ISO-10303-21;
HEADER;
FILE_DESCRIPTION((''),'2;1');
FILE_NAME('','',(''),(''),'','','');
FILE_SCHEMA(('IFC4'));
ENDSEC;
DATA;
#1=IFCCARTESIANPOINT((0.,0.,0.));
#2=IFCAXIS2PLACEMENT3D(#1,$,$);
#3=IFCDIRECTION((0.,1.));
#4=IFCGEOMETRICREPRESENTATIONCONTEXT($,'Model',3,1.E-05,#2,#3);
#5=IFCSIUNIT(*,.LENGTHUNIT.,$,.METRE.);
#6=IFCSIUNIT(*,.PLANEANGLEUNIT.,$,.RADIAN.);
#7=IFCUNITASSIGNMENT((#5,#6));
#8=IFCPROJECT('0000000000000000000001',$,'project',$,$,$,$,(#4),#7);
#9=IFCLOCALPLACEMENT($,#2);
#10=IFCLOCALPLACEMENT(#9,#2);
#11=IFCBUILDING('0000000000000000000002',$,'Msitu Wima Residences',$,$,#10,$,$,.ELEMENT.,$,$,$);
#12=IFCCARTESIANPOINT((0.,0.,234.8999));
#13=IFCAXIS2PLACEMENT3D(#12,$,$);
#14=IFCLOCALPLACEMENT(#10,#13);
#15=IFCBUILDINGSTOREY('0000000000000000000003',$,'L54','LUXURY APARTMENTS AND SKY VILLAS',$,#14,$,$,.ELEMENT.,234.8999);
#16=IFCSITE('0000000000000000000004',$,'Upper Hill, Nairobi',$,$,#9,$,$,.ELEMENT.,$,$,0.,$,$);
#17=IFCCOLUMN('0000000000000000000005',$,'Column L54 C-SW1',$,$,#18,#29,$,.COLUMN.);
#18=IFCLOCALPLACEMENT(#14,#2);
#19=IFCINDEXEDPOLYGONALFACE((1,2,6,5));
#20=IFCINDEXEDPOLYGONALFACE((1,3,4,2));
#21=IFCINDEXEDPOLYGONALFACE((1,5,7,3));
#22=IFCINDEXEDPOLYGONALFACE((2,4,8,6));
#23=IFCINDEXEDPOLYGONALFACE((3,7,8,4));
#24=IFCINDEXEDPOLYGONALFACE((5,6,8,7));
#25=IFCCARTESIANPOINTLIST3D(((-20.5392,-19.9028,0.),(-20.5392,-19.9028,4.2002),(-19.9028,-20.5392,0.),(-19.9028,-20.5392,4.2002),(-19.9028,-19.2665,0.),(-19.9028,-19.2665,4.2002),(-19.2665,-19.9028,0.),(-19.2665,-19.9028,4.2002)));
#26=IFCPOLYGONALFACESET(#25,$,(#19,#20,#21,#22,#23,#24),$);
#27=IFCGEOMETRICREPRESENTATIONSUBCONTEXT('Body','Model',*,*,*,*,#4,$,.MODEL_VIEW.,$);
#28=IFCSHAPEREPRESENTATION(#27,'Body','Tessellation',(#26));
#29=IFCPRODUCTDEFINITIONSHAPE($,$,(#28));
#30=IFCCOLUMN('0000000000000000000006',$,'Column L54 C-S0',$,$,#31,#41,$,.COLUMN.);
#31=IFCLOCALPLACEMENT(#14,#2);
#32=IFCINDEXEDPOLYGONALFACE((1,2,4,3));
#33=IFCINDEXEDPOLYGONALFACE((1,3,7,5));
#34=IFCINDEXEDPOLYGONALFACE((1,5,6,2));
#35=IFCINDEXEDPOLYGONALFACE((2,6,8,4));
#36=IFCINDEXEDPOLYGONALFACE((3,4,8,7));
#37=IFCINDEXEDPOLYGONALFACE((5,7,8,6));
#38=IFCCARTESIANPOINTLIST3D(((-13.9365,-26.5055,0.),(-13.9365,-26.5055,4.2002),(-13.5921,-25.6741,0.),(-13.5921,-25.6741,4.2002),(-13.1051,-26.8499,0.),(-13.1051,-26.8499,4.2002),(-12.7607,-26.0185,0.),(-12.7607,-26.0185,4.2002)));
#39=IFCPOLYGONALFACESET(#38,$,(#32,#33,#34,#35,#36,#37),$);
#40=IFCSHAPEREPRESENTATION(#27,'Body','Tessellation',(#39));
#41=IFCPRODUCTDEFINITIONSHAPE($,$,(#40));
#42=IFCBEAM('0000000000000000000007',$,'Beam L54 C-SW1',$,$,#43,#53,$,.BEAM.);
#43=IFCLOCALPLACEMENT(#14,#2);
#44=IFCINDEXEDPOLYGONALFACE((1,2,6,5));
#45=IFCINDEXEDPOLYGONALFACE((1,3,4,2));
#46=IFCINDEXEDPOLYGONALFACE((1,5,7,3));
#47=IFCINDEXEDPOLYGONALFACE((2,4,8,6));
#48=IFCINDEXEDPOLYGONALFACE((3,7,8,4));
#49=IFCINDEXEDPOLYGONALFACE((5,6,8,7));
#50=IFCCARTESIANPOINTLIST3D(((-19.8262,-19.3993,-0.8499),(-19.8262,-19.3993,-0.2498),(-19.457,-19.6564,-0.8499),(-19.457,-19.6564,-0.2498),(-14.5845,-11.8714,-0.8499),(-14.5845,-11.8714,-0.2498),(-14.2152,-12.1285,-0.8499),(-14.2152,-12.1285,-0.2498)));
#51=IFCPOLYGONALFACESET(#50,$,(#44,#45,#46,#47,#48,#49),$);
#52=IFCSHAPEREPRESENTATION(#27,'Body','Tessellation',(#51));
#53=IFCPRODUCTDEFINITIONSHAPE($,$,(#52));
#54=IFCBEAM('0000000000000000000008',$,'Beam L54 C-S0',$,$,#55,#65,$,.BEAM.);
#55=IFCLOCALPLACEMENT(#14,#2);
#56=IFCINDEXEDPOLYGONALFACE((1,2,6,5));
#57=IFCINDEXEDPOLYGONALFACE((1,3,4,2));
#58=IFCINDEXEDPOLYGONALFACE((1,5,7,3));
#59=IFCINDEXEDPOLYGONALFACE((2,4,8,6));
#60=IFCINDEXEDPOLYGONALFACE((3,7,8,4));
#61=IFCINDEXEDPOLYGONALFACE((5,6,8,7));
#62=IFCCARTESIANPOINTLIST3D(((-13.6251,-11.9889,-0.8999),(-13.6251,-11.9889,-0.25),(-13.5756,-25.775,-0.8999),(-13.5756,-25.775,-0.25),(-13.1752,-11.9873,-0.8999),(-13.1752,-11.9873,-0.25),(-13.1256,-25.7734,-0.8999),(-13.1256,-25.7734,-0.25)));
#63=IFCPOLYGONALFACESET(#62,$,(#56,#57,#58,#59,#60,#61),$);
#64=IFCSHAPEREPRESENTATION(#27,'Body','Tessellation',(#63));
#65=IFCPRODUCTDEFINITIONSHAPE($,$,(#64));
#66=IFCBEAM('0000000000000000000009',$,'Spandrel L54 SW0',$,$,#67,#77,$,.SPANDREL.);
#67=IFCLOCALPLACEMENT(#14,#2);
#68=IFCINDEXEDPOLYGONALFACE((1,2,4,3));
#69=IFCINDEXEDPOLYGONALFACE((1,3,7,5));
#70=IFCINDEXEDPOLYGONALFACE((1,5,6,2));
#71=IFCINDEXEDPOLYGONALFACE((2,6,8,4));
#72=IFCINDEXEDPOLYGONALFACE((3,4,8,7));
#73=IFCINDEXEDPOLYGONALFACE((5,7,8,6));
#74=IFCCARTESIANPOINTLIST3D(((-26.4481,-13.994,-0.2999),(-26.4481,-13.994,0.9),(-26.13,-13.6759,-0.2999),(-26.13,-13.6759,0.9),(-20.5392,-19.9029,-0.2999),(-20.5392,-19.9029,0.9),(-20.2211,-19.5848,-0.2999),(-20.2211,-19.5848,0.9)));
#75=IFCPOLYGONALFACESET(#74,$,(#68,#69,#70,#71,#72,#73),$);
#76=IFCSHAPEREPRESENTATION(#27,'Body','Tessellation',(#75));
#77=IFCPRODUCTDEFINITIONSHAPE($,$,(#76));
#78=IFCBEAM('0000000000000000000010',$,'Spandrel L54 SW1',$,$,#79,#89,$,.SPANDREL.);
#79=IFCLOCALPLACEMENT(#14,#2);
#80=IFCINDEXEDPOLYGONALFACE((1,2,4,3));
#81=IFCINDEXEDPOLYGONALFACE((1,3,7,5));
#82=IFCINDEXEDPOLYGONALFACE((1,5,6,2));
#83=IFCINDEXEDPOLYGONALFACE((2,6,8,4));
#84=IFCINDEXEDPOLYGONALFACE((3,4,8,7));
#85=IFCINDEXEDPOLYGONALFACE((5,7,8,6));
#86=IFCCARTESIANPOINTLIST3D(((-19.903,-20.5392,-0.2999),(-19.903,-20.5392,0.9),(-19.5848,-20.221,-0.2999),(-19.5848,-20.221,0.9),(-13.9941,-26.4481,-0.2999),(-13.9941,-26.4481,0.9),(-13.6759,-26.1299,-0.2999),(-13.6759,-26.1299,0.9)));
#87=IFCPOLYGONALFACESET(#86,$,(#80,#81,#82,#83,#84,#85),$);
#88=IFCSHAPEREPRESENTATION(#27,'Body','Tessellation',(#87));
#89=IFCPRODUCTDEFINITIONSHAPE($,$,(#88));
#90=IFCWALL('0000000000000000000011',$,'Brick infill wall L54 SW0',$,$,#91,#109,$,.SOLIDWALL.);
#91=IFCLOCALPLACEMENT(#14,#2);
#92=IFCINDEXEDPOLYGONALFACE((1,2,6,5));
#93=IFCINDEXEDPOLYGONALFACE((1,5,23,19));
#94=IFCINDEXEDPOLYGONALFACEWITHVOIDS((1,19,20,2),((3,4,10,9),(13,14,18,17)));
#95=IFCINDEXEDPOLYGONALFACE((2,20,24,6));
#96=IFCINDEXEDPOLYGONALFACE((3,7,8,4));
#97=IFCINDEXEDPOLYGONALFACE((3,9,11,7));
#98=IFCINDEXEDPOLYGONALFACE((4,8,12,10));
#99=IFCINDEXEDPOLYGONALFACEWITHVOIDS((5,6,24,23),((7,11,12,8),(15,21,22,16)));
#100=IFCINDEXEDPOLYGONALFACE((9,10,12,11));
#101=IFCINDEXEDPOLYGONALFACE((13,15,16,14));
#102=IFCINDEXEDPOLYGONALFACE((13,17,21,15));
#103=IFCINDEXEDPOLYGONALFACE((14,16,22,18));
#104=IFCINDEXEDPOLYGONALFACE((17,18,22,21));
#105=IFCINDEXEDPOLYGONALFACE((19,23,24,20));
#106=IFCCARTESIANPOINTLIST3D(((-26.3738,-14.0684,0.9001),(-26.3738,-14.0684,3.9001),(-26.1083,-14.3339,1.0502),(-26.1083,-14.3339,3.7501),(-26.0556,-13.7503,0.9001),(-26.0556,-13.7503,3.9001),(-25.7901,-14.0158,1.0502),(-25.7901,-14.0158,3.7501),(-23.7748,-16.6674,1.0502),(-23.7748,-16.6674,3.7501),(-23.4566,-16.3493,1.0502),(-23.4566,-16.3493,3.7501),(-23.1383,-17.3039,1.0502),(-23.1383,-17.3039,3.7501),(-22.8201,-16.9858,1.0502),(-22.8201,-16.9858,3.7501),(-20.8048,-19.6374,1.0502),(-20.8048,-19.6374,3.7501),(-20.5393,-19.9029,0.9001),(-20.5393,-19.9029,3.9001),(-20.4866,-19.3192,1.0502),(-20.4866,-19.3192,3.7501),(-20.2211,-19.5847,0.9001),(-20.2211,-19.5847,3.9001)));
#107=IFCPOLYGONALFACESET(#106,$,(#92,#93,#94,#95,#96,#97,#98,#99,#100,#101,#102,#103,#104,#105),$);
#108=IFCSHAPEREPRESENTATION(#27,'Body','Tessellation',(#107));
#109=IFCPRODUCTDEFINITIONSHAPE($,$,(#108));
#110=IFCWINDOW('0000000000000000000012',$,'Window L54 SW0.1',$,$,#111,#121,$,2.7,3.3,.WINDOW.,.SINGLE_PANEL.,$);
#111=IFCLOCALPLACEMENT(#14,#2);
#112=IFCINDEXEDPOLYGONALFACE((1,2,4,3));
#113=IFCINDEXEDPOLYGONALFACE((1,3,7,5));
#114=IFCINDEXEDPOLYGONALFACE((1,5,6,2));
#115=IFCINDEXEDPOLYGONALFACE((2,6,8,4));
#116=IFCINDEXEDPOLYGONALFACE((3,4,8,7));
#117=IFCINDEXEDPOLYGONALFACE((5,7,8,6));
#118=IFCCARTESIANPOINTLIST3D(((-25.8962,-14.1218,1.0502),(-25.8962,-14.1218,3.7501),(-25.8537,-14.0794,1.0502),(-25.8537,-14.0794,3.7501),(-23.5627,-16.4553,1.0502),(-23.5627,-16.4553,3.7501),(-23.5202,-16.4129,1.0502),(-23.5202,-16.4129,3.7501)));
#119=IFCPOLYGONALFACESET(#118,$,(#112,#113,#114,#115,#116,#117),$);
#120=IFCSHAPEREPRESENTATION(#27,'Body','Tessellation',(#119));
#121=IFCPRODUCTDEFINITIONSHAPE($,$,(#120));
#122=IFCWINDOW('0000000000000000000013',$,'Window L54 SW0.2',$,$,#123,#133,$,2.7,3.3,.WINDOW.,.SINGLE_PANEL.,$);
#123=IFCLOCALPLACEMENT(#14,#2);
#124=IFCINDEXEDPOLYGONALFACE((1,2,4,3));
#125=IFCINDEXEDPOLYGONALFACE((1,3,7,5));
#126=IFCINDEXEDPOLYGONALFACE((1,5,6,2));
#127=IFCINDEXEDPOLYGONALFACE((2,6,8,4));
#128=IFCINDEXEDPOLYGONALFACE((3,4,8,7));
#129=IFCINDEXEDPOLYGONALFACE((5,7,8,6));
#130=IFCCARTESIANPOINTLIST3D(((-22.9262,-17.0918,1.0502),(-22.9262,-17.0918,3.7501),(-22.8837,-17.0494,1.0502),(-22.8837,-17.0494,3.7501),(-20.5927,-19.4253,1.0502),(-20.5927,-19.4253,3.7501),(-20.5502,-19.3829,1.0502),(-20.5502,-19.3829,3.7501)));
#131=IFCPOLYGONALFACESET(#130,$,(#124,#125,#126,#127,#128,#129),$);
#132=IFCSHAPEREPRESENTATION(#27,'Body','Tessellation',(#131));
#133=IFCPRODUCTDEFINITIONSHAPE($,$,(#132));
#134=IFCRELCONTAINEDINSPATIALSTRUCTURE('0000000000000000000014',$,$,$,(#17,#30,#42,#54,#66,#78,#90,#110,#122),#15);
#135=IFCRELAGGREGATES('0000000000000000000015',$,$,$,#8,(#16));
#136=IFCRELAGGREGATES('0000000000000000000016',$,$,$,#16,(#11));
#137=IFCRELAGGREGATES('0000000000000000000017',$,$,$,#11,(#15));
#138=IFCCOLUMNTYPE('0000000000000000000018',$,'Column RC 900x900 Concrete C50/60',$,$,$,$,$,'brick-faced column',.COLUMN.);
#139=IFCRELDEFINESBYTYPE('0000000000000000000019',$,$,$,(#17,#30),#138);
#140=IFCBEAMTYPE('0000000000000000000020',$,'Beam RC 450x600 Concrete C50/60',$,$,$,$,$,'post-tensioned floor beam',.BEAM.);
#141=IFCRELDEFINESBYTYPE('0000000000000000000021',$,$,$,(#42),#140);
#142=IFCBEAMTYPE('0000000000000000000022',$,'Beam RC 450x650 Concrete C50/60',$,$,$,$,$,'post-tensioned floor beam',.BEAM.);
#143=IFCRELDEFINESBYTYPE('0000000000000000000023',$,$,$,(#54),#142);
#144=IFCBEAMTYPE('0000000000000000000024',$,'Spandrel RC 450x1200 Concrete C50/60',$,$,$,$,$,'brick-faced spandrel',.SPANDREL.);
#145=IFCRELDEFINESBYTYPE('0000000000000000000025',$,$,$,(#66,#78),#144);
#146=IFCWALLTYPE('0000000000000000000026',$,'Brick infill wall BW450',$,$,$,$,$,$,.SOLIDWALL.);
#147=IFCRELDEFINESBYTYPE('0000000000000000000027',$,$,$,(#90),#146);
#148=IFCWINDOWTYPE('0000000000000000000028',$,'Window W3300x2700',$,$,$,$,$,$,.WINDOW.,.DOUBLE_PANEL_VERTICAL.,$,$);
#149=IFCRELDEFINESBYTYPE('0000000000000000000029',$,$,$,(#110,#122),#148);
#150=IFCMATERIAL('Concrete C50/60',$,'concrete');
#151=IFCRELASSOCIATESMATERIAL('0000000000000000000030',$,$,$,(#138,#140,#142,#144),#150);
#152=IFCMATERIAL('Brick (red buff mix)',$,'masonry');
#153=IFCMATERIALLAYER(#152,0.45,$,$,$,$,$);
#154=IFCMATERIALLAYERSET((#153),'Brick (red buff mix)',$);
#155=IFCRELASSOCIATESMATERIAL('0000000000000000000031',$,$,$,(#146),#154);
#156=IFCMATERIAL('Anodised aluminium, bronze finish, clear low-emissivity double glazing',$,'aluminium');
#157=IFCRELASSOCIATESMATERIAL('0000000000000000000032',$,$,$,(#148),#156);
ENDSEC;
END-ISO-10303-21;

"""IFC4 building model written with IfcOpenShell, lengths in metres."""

from ifc_helpers import new_model, si_unit, direction, frame, frame_2d, origin, origin_2d, place, context, subcontext, project, spatial, rectangle, extrude, material, layer, layer_set, material_profile, profile_set, type_object, element, fill, save


model = new_model("IFC4")

# Units and contexts
model_context = context("Model", 3, precision=1e-05, world=origin(), true_north=direction((0.0, 1.0)))
body_context = subcontext(model_context, "Body", "Model", "MODEL_VIEW")
ifc_project = project(units=[si_unit("LENGTHUNIT", "METRE"), si_unit("PLANEANGLEUNIT", "RADIAN")], contexts=[model_context])

# Site, building, storey
site_placement = place(None, origin())
site = spatial("IfcSite", under=ifc_project, at=site_placement, Name="Upper Hill, Nairobi", CompositionType="ELEMENT", RefElevation=0.0)
building_placement = place(site_placement, origin())
building = spatial("IfcBuilding", under=site, at=building_placement, Name="Msitu Wima Residences", CompositionType="ELEMENT")
storey_placement = place(building_placement, frame((0.0, 0.0, 234.8999)))
storey = spatial("IfcBuildingStorey", under=building, at=storey_placement, Name="L54", Description="LUXURY APARTMENTS AND SKY VILLAS", CompositionType="ELEMENT", Elevation=234.8999)

# Columns
ifc_material_1 = material(Name="Concrete C50/60", Category="concrete")
ifc_material_profile_1 = material_profile(ifc_material_1, rectangle(XDim=0.8999, YDim=0.8999, at=origin_2d()), Name="RC 900x900")
ifc_profile_set_1 = profile_set([ifc_material_profile_1], Name="Concrete C50/60")
column_type = type_object("IfcColumnType", Name="Column RC 900x900 Concrete C50/60", ElementType="brick-faced column", PredefinedType="COLUMN", material=ifc_profile_set_1)
for number, where, z_axis, x_axis, name in (
    (1, (-19.9028, -19.9028, 0.0), (0.0, 0.0, 1.0), (0.707107, -0.707107, 0.0), "Column L54 C-SW1"),
    (2, (-13.3486, -26.262, 0.0), (0.0, 0.0, 1.0), (0.92388, -0.382683, 0.0), "Column L54 C-S0"),
):
    element("IfcColumn", number, at=place(storey_placement, frame(where, z_axis=z_axis, x_axis=x_axis)), inside=storey, type_object=column_type, Name=name, PredefinedType="COLUMN", context=body_context, shape_type="SweptSolid", body=[
        extrude(rectangle(XDim=0.8999, YDim=0.8999, at=origin_2d()), origin(), (0.0, 0.0, 1.0), 4.2002),
    ])

# Beams
ifc_material_profile_2 = material_profile(ifc_material_1, rectangle(XDim=0.45, YDim=0.6001, at=origin_2d()), Name="RC 450x600")
ifc_profile_set_2 = profile_set([ifc_material_profile_2], Name="Concrete C50/60")
beam_type_1 = type_object("IfcBeamType", Name="Beam RC 450x600 Concrete C50/60", ElementType="post-tensioned floor beam", PredefinedType="BEAM", material=ifc_profile_set_2)
beam_1_placement = place(storey_placement, frame((-19.6416, -19.5278, -0.5498), z_axis=(0.571428, 0.820652, 0.0), x_axis=(-0.820652, 0.571428, 0.0)))
element("IfcBeam", 3, at=beam_1_placement, inside=storey, type_object=beam_type_1, Name="Beam L54 C-SW1", PredefinedType="BEAM", context=body_context, shape_type="SweptSolid", body=[
    extrude(rectangle(XDim=0.45, YDim=0.6001, at=origin_2d()), origin(), (0.0, 0.0, 1.0), 9.1731),
])
ifc_material_profile_3 = material_profile(ifc_material_1, rectangle(XDim=0.45, YDim=0.6499, at=origin_2d()), Name="RC 450x650")
ifc_profile_set_3 = profile_set([ifc_material_profile_3], Name="Concrete C50/60")
beam_type_2 = type_object("IfcBeamType", Name="Beam RC 450x650 Concrete C50/60", ElementType="post-tensioned floor beam", PredefinedType="BEAM", material=ifc_profile_set_3)
beam_2_placement = place(storey_placement, frame((-13.3506, -25.7742, -0.575), z_axis=(-0.003595, 0.999994, 0.0), x_axis=(-0.999994, -0.003595, 0.0)))
element("IfcBeam", 4, at=beam_2_placement, inside=storey, type_object=beam_type_2, Name="Beam L54 C-S0", PredefinedType="BEAM", context=body_context, shape_type="SweptSolid", body=[
    extrude(rectangle(XDim=0.45, YDim=0.6499, at=origin_2d()), origin(), (0.0, 0.0, 1.0), 13.7861),
])
ifc_material_profile_4 = material_profile(ifc_material_1, rectangle(XDim=0.45, YDim=1.2, at=origin_2d()), Name="RC 450x1200")
ifc_profile_set_4 = profile_set([ifc_material_profile_4], Name="Concrete C50/60")
beam_type_3 = type_object("IfcBeamType", Name="Spandrel RC 450x1200 Concrete C50/60", ElementType="brick-faced spandrel", PredefinedType="SPANDREL", material=ifc_profile_set_4)
for number, where, z_axis, x_axis, name in (
    (5, (-26.2891, -13.835, 0.3), (0.707107, -0.707107, 0.0), (0.707107, 0.707107, 0.0), "Spandrel L54 SW0"),
    (6, (-19.7439, -20.3801, 0.3), (0.707107, -0.707107, 0.0), (0.707107, 0.707107, 0.0), "Spandrel L54 SW1"),
):
    element("IfcBeam", number, at=place(storey_placement, frame(where, z_axis=z_axis, x_axis=x_axis)), inside=storey, type_object=beam_type_3, Name=name, PredefinedType="SPANDREL", context=body_context, shape_type="SweptSolid", body=[
        extrude(rectangle(XDim=0.45, YDim=1.2, at=origin_2d()), origin(), (0.0, 0.0, 1.0), 8.3564),
    ])

# Wall, openings, windows
ifc_material_2 = material(Name="Brick (red buff mix)", Category="masonry")
ifc_layer_1 = layer(ifc_material_2, 0.45)
ifc_layer_set_1 = layer_set([ifc_layer_1], Name="Brick (red buff mix)")
wall_type_1 = type_object("IfcWallType", Name="Brick infill wall BW450", PredefinedType="SOLIDWALL", material=ifc_layer_set_1)
wall_1_placement = place(storey_placement, frame((-26.2146, -13.9094, 0.9001), z_axis=(0.0, 0.0, 1.0), x_axis=(0.707107, -0.707107, 0.0)))
wall_1 = element("IfcWall", 7, at=wall_1_placement, inside=storey, type_object=wall_type_1, Name="Brick infill wall L54 SW0", PredefinedType="SOLIDWALL", context=body_context, shape_type="SweptSolid", body=[
    extrude(rectangle(XDim=8.2512, YDim=0.45, at=frame_2d((4.1255, 0.0))), origin(), (0.0, 0.0, 1.0), 3.0),
])
opening_1_placement = place(wall_1_placement, frame((0.3755, 0.0, 0.1499)))
opening_1 = element("IfcOpeningElement", 8, at=opening_1_placement, cuts=wall_1, PredefinedType="OPENING", context=body_context, shape_type="SweptSolid", body=[
    extrude(rectangle(XDim=3.3, YDim=2.7, at=frame_2d((1.6499, 1.3501))), frame((0.0, 0.2349, 0.0), z_axis=(0.0, -1.0, 0.0), x_axis=(1.0, 0.0, 0.0)), (0.0, 0.0, 1.0), 0.47),
])
opening_2_placement = place(wall_1_placement, frame((4.5757, 0.0, 0.1499)))
opening_2 = element("IfcOpeningElement", 9, at=opening_2_placement, cuts=wall_1, PredefinedType="OPENING", context=body_context, shape_type="SweptSolid", body=[
    extrude(rectangle(XDim=3.3, YDim=2.7, at=frame_2d((1.6499, 1.3501))), frame((0.0, 0.2349, 0.0), z_axis=(0.0, -1.0, 0.0), x_axis=(1.0, 0.0, 0.0)), (0.0, 0.0, 1.0), 0.47),
])
ifc_material_3 = material(Name="Anodised aluminium, bronze finish, clear low-emissivity double glazing", Category="aluminium")
window_type = type_object("IfcWindowType", Name="Window W3300x2700", PartitioningType="DOUBLE_PANEL_VERTICAL", PredefinedType="WINDOW", material=ifc_material_3)
window_1_placement = place(opening_1_placement, origin())
window_1 = element("IfcWindow", 10, at=window_1_placement, inside=storey, type_object=window_type, Name="Window L54 SW0.1", OverallHeight=2.7, OverallWidth=3.3, PartitioningType="SINGLE_PANEL", PredefinedType="WINDOW", context=body_context, shape_type="SweptSolid", body=[
    extrude(rectangle(XDim=3.3, YDim=2.7, at=frame_2d((1.6499, 1.3501))), frame((0.0, 0.135, 0.0), z_axis=(0.0, -1.0, 0.0), x_axis=(1.0, 0.0, 0.0)), (0.0, 0.0, 1.0), 0.0601),
])
fill(opening_1, window_1)
window_2_placement = place(opening_2_placement, origin())
window_2 = element("IfcWindow", 11, at=window_2_placement, inside=storey, type_object=window_type, Name="Window L54 SW0.2", OverallHeight=2.7, OverallWidth=3.3, PartitioningType="SINGLE_PANEL", PredefinedType="WINDOW", context=body_context, shape_type="SweptSolid", body=[
    extrude(rectangle(XDim=3.3, YDim=2.7, at=frame_2d((1.6499, 1.3501))), frame((0.0, 0.135, 0.0), z_axis=(0.0, -1.0, 0.0), x_axis=(1.0, 0.0, 0.0)), (0.0, 0.0, 1.0), 0.0601),
])
fill(opening_2, window_2)

save(model, "model.ifc")
